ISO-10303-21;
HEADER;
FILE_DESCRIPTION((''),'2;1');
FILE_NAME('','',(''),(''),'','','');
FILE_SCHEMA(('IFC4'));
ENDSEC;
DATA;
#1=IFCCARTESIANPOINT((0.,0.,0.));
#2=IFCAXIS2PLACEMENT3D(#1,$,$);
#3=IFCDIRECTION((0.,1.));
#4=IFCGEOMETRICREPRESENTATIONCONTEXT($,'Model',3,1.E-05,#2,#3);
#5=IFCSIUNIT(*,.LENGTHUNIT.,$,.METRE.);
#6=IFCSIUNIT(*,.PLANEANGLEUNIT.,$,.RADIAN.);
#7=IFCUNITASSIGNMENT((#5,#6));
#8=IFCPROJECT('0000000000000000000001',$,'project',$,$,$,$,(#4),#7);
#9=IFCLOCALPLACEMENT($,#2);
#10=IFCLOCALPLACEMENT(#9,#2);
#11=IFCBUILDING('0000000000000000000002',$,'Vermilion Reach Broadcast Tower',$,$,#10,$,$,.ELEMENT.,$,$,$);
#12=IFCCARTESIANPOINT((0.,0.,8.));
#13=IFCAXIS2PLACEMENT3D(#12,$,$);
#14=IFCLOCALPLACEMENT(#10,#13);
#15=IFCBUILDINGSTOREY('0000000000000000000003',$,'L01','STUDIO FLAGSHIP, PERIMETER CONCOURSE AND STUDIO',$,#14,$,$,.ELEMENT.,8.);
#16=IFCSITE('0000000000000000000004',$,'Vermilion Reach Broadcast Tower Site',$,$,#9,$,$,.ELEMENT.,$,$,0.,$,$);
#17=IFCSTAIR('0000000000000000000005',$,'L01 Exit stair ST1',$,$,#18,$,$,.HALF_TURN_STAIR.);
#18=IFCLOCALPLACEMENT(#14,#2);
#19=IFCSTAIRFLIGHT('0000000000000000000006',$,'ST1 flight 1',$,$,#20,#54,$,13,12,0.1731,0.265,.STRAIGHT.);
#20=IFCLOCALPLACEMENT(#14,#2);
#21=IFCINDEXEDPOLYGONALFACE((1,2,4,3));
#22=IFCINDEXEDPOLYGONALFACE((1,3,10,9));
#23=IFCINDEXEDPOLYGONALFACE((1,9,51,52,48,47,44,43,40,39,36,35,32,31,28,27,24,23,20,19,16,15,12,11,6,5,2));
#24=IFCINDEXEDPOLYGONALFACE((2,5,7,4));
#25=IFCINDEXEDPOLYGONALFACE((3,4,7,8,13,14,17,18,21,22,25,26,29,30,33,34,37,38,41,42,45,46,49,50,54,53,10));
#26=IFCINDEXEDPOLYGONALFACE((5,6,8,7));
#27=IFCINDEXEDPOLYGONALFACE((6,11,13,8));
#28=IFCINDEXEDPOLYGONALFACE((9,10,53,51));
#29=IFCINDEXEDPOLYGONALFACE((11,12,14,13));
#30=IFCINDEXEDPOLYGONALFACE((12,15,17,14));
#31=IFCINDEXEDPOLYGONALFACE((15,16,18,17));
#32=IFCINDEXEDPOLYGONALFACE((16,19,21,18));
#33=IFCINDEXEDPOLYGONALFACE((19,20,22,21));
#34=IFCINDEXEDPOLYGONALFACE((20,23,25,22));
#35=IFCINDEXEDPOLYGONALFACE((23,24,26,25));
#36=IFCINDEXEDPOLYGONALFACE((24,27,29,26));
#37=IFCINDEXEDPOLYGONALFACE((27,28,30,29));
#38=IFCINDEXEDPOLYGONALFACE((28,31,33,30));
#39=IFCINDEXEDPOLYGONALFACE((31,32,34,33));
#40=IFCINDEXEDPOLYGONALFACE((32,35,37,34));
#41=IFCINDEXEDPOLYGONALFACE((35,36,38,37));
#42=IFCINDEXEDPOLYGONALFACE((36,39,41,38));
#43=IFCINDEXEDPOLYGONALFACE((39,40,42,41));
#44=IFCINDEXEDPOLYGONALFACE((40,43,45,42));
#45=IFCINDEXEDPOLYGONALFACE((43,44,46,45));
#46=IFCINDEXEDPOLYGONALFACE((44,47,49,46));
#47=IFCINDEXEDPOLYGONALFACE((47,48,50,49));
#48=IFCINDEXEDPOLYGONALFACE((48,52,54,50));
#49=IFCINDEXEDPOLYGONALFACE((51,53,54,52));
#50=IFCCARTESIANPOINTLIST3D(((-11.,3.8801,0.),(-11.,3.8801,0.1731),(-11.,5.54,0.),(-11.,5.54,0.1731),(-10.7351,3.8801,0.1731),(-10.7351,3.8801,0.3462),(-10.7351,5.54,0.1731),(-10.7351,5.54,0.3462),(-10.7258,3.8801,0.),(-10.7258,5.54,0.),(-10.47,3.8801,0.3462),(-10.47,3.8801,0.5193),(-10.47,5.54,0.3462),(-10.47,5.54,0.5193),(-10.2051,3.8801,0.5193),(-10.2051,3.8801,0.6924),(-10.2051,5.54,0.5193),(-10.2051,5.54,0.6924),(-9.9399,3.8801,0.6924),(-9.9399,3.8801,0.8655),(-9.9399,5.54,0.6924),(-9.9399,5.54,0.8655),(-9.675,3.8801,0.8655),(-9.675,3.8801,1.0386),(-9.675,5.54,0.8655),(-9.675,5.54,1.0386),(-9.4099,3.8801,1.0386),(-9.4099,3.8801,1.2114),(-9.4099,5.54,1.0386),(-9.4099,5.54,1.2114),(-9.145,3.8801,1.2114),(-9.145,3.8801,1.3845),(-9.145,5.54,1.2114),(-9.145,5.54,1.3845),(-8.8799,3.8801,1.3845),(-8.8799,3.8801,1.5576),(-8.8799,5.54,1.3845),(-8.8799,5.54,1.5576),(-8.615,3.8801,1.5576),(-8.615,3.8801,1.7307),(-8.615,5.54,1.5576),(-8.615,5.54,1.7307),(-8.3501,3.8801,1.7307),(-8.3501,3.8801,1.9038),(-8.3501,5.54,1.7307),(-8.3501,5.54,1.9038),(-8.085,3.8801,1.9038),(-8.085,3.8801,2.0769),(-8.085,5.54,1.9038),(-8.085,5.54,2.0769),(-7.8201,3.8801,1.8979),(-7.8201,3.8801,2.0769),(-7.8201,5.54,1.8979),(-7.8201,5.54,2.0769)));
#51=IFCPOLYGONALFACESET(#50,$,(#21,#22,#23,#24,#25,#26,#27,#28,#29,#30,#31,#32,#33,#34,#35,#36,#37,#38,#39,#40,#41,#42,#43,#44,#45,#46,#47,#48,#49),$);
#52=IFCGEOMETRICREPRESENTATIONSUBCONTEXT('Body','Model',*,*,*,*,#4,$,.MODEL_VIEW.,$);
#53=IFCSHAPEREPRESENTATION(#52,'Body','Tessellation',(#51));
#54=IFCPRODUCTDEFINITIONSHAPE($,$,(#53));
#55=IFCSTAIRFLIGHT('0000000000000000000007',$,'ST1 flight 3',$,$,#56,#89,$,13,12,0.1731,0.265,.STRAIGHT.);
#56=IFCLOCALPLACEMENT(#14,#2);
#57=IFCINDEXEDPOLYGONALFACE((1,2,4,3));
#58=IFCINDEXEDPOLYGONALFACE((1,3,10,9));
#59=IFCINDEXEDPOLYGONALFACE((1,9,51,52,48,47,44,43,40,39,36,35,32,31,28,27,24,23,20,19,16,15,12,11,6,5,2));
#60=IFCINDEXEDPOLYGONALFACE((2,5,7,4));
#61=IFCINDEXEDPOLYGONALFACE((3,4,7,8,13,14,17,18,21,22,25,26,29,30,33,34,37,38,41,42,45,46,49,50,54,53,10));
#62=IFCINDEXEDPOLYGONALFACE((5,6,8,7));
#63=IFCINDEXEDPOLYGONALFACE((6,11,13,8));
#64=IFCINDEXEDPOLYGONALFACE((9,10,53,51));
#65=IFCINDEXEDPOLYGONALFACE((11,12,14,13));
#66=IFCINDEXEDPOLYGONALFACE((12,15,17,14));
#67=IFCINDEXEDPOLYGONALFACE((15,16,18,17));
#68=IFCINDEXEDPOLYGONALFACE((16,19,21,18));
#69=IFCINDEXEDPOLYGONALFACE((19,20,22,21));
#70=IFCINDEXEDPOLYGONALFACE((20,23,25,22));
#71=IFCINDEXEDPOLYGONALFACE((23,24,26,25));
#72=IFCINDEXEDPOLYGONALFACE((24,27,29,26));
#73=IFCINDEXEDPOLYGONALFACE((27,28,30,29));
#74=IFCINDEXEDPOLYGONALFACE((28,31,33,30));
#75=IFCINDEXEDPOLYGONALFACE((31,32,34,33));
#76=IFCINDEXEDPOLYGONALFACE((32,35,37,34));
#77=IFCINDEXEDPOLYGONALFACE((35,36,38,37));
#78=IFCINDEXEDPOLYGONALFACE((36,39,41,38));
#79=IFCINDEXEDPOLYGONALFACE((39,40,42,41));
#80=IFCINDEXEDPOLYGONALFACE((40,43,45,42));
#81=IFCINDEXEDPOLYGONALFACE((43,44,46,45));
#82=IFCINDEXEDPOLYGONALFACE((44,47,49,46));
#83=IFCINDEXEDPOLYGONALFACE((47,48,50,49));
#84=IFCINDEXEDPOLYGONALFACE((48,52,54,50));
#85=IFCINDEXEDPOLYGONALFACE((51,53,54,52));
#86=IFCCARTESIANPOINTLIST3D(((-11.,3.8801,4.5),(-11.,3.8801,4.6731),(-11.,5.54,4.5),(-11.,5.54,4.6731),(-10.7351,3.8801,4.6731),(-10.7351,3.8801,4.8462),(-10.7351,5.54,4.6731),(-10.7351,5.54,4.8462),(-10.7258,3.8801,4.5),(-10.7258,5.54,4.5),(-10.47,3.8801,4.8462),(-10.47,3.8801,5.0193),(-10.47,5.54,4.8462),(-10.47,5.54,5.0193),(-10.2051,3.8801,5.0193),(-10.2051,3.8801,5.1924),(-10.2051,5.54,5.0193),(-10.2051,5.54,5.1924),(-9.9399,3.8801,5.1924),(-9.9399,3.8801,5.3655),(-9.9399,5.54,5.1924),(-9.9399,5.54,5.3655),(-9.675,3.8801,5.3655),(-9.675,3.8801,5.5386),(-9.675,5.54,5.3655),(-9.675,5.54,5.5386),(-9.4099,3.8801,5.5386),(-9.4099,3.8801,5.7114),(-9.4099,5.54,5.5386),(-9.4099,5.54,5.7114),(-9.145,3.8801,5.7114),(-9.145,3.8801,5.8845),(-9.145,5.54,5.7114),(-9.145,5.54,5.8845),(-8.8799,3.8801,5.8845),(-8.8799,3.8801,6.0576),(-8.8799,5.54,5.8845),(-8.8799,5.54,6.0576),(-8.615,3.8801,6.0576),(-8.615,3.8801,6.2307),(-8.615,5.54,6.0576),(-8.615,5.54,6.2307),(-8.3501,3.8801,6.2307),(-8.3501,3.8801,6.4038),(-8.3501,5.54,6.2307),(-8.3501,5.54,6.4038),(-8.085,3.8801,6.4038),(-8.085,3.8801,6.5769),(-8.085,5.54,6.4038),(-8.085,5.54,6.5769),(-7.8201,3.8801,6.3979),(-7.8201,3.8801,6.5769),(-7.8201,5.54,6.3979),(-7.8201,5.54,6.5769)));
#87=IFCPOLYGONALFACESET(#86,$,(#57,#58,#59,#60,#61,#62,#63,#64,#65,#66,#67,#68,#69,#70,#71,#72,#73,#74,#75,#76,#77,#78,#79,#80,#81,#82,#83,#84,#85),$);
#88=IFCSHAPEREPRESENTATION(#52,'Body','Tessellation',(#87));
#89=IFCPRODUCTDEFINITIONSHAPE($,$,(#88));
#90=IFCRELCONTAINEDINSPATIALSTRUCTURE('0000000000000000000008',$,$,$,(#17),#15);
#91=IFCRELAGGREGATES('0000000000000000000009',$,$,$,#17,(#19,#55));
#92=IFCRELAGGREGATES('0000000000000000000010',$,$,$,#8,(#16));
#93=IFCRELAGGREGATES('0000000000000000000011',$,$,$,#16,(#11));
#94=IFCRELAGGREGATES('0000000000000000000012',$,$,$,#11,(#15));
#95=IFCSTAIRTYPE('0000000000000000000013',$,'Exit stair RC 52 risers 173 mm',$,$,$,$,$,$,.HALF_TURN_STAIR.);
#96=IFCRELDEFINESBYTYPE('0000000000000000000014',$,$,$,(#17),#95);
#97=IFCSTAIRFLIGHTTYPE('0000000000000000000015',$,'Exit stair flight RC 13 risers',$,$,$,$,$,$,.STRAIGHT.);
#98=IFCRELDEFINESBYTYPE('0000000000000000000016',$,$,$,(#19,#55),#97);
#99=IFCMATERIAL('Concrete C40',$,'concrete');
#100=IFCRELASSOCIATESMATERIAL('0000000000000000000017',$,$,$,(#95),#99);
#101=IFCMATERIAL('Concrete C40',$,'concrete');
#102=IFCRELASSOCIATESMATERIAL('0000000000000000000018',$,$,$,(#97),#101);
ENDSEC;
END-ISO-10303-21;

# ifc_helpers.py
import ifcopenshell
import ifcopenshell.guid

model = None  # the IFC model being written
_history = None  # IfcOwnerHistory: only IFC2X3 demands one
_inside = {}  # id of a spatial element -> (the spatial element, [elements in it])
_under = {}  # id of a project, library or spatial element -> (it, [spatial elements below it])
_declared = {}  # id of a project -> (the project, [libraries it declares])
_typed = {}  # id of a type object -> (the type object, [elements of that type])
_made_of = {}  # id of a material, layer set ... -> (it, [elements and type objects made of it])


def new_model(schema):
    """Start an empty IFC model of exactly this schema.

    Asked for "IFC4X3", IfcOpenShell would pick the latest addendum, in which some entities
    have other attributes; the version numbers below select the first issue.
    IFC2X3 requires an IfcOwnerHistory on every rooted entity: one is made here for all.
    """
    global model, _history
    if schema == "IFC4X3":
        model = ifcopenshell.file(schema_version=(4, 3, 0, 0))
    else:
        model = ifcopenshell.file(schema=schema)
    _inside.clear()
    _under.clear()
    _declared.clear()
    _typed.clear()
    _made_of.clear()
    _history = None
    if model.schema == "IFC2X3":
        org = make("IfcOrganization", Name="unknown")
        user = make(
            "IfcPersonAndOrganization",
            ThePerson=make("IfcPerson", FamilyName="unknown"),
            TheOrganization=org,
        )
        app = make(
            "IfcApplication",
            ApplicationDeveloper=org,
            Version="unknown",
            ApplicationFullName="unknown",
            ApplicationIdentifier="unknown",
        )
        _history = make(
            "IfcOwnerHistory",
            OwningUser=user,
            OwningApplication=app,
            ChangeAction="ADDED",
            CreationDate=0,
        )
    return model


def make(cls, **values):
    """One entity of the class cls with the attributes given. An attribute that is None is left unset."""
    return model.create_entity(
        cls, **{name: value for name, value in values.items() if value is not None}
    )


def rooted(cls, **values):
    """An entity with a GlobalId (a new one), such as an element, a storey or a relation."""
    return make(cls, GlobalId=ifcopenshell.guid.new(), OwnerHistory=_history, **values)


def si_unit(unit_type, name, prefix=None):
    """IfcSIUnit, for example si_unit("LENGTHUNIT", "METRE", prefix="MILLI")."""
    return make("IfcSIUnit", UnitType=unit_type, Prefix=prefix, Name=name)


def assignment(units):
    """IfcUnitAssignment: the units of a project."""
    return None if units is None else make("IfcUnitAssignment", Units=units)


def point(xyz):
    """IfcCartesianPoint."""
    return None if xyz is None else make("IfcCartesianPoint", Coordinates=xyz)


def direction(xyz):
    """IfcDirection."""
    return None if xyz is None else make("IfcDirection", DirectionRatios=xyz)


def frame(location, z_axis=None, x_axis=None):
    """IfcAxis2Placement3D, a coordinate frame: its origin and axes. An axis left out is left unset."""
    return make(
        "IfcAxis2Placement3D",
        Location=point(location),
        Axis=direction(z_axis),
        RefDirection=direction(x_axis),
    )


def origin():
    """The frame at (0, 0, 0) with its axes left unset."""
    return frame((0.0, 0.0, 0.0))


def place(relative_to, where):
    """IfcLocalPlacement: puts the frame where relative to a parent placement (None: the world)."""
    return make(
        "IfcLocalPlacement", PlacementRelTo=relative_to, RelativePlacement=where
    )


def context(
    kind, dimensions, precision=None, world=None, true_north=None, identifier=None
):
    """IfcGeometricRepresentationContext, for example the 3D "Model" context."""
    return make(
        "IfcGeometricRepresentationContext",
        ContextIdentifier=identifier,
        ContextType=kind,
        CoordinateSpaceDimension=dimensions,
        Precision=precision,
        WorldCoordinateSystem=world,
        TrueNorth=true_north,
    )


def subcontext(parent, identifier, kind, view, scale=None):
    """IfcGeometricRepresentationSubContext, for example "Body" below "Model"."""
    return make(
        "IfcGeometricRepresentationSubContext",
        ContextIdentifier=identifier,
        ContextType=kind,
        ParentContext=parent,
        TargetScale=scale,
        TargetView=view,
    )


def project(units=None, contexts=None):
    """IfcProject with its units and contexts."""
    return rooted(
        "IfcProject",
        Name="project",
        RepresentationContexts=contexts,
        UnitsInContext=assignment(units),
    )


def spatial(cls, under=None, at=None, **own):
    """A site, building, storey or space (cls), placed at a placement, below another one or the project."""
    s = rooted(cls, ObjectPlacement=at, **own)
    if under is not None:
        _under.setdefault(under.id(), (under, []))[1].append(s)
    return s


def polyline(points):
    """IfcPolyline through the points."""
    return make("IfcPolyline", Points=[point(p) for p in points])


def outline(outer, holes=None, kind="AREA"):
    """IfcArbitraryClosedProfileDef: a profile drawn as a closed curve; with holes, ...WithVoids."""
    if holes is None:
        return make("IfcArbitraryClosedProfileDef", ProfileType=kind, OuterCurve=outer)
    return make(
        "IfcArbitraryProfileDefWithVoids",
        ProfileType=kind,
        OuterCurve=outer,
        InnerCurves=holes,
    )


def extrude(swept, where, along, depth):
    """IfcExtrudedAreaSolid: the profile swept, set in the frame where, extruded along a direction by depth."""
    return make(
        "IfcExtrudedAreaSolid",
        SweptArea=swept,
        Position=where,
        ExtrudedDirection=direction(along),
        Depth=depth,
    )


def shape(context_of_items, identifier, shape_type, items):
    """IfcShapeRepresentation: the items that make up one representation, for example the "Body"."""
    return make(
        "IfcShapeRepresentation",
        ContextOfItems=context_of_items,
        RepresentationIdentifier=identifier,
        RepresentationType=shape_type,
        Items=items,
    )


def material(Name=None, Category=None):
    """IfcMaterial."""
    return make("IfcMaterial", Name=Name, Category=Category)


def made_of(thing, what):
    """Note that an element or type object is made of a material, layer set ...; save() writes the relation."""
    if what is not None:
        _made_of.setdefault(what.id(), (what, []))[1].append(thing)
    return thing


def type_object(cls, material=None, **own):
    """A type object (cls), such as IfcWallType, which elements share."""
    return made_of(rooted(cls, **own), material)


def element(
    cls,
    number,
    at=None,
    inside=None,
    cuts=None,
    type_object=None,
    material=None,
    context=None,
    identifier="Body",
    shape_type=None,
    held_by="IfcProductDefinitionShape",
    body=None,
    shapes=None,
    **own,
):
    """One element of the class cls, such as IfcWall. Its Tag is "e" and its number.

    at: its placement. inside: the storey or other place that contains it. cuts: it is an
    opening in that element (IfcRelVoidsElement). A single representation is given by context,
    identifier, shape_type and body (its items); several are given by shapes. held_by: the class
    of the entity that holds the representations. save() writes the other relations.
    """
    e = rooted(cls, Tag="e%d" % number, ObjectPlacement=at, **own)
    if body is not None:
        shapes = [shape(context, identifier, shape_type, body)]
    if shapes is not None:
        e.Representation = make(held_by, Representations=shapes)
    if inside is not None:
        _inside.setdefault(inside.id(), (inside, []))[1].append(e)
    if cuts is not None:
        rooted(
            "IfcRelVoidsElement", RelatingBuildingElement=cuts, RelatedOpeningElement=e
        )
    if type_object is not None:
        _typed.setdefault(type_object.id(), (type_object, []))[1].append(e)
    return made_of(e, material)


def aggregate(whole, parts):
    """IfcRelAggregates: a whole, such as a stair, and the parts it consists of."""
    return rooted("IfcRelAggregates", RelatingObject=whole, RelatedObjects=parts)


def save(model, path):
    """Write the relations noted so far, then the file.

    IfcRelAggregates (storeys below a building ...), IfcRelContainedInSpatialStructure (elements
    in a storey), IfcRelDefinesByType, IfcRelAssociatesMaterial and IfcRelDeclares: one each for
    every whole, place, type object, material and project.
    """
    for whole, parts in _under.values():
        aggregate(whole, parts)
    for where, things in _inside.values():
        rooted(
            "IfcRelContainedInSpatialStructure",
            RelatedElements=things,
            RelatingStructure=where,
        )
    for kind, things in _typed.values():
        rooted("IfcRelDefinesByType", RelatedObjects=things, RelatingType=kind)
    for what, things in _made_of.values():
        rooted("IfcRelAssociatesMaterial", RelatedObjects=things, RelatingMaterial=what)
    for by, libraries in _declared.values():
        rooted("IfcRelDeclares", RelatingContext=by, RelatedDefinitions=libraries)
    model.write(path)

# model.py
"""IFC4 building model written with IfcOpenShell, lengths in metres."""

from ifc_helpers import new_model, si_unit, direction, frame, origin, place, context, subcontext, project, spatial, polyline, outline, extrude, material, type_object, element, aggregate, save


model = new_model("IFC4")

# Units and contexts
model_context = context("Model", 3, precision=1e-05, world=origin(), true_north=direction((0.0, 1.0)))
body_context = subcontext(model_context, "Body", "Model", "MODEL_VIEW")
ifc_project = project(units=[si_unit("LENGTHUNIT", "METRE"), si_unit("PLANEANGLEUNIT", "RADIAN")], contexts=[model_context])

# Site, building, storey
site_placement = place(None, origin())
site = spatial("IfcSite", under=ifc_project, at=site_placement, Name="Vermilion Reach Broadcast Tower Site", CompositionType="ELEMENT", RefElevation=0.0)
building_placement = place(site_placement, origin())
building = spatial("IfcBuilding", under=site, at=building_placement, Name="Vermilion Reach Broadcast Tower", CompositionType="ELEMENT")
storey_placement = place(building_placement, frame((0.0, 0.0, 8.0)))
storey = spatial("IfcBuildingStorey", under=building, at=storey_placement, Name="L01", Description="STUDIO FLAGSHIP, PERIMETER CONCOURSE AND STUDIO", CompositionType="ELEMENT", Elevation=8.0)

# Stair, stair flights
ifc_material_1 = material(Name="Concrete C40", Category="concrete")
stair_type = type_object("IfcStairType", Name="Exit stair RC 52 risers 173 mm", PredefinedType="HALF_TURN_STAIR", material=ifc_material_1)
stair_placement = place(storey_placement, origin())
stair = element("IfcStair", 1, at=stair_placement, inside=storey, type_object=stair_type, Name="L01 Exit stair ST1", PredefinedType="HALF_TURN_STAIR")
ifc_material_2 = material(Name="Concrete C40", Category="concrete")
stair_flight_type = type_object("IfcStairFlightType", Name="Exit stair flight RC 13 risers", PredefinedType="STRAIGHT", material=ifc_material_2)
stair_flight_1_placement = place(storey_placement, frame((-11.0, 4.71, 0.0), z_axis=(0.0, 0.0, 1.0), x_axis=(1.0, 0.0, 0.0)))
stair_flight_1 = element("IfcStairFlight", 2, at=stair_flight_1_placement, type_object=stair_flight_type, Name="ST1 flight 1", NumberOfRisers=13, NumberOfTreads=12, PredefinedType="STRAIGHT", RiserHeight=0.1731, TreadLength=0.265, context=body_context, shape_type="SweptSolid", body=[
    extrude(outline(polyline([(0.0, 0.0), (0.0, 0.1731), (0.2649, 0.1731), (0.2649, 0.3462), (0.53, 0.3462), (0.53, 0.5193), (0.7949, 0.5193), (0.7949, 0.6924), (1.0601, 0.6924), (1.0601, 0.8655), (1.325, 0.8655), (1.325, 1.0386), (1.5901, 1.0386), (1.5901, 1.2114), (1.855, 1.2114), (1.855, 1.3845), (2.1201, 1.3845), (2.1201, 1.5576), (2.385, 1.5576), (2.385, 1.7307), (2.6499, 1.7307), (2.6499, 1.9038), (2.915, 1.9038), (2.915, 2.0769), (3.1799, 2.0769), (3.1799, 2.25), (3.1799, 1.8979), (0.2742, 0.0), (0.0, 0.0)])), frame((0.0, 0.8301, 0.0), z_axis=(0.0, -1.0, 0.0), x_axis=(1.0, 0.0, 0.0)), (0.0, 0.0, 1.0), 1.6599),
])
stair_flight_2_placement = place(storey_placement, frame((-11.0, 4.71, 4.5), z_axis=(0.0, 0.0, 1.0), x_axis=(1.0, 0.0, 0.0)))
stair_flight_2 = element("IfcStairFlight", 3, at=stair_flight_2_placement, type_object=stair_flight_type, Name="ST1 flight 3", NumberOfRisers=13, NumberOfTreads=12, PredefinedType="STRAIGHT", RiserHeight=0.1731, TreadLength=0.265, context=body_context, shape_type="SweptSolid", body=[
    extrude(outline(polyline([(0.0, 0.0), (0.0, 0.1731), (0.2649, 0.1731), (0.2649, 0.3462), (0.53, 0.3462), (0.53, 0.5193), (0.7949, 0.5193), (0.7949, 0.6924), (1.0601, 0.6924), (1.0601, 0.8655), (1.325, 0.8655), (1.325, 1.0386), (1.5901, 1.0386), (1.5901, 1.2114), (1.855, 1.2114), (1.855, 1.3845), (2.1201, 1.3845), (2.1201, 1.5576), (2.385, 1.5576), (2.385, 1.7307), (2.6499, 1.7307), (2.6499, 1.9038), (2.915, 1.9038), (2.915, 2.0769), (3.1799, 2.0769), (3.1799, 2.25), (3.1799, 1.8979), (0.2742, 0.0), (0.0, 0.0)])), frame((0.0, 0.8301, 0.0), z_axis=(0.0, -1.0, 0.0), x_axis=(1.0, 0.0, 0.0)), (0.0, 0.0, 1.0), 1.6599),
])
aggregate(stair, [stair_flight_1, stair_flight_2])

save(model, "model.ifc")
